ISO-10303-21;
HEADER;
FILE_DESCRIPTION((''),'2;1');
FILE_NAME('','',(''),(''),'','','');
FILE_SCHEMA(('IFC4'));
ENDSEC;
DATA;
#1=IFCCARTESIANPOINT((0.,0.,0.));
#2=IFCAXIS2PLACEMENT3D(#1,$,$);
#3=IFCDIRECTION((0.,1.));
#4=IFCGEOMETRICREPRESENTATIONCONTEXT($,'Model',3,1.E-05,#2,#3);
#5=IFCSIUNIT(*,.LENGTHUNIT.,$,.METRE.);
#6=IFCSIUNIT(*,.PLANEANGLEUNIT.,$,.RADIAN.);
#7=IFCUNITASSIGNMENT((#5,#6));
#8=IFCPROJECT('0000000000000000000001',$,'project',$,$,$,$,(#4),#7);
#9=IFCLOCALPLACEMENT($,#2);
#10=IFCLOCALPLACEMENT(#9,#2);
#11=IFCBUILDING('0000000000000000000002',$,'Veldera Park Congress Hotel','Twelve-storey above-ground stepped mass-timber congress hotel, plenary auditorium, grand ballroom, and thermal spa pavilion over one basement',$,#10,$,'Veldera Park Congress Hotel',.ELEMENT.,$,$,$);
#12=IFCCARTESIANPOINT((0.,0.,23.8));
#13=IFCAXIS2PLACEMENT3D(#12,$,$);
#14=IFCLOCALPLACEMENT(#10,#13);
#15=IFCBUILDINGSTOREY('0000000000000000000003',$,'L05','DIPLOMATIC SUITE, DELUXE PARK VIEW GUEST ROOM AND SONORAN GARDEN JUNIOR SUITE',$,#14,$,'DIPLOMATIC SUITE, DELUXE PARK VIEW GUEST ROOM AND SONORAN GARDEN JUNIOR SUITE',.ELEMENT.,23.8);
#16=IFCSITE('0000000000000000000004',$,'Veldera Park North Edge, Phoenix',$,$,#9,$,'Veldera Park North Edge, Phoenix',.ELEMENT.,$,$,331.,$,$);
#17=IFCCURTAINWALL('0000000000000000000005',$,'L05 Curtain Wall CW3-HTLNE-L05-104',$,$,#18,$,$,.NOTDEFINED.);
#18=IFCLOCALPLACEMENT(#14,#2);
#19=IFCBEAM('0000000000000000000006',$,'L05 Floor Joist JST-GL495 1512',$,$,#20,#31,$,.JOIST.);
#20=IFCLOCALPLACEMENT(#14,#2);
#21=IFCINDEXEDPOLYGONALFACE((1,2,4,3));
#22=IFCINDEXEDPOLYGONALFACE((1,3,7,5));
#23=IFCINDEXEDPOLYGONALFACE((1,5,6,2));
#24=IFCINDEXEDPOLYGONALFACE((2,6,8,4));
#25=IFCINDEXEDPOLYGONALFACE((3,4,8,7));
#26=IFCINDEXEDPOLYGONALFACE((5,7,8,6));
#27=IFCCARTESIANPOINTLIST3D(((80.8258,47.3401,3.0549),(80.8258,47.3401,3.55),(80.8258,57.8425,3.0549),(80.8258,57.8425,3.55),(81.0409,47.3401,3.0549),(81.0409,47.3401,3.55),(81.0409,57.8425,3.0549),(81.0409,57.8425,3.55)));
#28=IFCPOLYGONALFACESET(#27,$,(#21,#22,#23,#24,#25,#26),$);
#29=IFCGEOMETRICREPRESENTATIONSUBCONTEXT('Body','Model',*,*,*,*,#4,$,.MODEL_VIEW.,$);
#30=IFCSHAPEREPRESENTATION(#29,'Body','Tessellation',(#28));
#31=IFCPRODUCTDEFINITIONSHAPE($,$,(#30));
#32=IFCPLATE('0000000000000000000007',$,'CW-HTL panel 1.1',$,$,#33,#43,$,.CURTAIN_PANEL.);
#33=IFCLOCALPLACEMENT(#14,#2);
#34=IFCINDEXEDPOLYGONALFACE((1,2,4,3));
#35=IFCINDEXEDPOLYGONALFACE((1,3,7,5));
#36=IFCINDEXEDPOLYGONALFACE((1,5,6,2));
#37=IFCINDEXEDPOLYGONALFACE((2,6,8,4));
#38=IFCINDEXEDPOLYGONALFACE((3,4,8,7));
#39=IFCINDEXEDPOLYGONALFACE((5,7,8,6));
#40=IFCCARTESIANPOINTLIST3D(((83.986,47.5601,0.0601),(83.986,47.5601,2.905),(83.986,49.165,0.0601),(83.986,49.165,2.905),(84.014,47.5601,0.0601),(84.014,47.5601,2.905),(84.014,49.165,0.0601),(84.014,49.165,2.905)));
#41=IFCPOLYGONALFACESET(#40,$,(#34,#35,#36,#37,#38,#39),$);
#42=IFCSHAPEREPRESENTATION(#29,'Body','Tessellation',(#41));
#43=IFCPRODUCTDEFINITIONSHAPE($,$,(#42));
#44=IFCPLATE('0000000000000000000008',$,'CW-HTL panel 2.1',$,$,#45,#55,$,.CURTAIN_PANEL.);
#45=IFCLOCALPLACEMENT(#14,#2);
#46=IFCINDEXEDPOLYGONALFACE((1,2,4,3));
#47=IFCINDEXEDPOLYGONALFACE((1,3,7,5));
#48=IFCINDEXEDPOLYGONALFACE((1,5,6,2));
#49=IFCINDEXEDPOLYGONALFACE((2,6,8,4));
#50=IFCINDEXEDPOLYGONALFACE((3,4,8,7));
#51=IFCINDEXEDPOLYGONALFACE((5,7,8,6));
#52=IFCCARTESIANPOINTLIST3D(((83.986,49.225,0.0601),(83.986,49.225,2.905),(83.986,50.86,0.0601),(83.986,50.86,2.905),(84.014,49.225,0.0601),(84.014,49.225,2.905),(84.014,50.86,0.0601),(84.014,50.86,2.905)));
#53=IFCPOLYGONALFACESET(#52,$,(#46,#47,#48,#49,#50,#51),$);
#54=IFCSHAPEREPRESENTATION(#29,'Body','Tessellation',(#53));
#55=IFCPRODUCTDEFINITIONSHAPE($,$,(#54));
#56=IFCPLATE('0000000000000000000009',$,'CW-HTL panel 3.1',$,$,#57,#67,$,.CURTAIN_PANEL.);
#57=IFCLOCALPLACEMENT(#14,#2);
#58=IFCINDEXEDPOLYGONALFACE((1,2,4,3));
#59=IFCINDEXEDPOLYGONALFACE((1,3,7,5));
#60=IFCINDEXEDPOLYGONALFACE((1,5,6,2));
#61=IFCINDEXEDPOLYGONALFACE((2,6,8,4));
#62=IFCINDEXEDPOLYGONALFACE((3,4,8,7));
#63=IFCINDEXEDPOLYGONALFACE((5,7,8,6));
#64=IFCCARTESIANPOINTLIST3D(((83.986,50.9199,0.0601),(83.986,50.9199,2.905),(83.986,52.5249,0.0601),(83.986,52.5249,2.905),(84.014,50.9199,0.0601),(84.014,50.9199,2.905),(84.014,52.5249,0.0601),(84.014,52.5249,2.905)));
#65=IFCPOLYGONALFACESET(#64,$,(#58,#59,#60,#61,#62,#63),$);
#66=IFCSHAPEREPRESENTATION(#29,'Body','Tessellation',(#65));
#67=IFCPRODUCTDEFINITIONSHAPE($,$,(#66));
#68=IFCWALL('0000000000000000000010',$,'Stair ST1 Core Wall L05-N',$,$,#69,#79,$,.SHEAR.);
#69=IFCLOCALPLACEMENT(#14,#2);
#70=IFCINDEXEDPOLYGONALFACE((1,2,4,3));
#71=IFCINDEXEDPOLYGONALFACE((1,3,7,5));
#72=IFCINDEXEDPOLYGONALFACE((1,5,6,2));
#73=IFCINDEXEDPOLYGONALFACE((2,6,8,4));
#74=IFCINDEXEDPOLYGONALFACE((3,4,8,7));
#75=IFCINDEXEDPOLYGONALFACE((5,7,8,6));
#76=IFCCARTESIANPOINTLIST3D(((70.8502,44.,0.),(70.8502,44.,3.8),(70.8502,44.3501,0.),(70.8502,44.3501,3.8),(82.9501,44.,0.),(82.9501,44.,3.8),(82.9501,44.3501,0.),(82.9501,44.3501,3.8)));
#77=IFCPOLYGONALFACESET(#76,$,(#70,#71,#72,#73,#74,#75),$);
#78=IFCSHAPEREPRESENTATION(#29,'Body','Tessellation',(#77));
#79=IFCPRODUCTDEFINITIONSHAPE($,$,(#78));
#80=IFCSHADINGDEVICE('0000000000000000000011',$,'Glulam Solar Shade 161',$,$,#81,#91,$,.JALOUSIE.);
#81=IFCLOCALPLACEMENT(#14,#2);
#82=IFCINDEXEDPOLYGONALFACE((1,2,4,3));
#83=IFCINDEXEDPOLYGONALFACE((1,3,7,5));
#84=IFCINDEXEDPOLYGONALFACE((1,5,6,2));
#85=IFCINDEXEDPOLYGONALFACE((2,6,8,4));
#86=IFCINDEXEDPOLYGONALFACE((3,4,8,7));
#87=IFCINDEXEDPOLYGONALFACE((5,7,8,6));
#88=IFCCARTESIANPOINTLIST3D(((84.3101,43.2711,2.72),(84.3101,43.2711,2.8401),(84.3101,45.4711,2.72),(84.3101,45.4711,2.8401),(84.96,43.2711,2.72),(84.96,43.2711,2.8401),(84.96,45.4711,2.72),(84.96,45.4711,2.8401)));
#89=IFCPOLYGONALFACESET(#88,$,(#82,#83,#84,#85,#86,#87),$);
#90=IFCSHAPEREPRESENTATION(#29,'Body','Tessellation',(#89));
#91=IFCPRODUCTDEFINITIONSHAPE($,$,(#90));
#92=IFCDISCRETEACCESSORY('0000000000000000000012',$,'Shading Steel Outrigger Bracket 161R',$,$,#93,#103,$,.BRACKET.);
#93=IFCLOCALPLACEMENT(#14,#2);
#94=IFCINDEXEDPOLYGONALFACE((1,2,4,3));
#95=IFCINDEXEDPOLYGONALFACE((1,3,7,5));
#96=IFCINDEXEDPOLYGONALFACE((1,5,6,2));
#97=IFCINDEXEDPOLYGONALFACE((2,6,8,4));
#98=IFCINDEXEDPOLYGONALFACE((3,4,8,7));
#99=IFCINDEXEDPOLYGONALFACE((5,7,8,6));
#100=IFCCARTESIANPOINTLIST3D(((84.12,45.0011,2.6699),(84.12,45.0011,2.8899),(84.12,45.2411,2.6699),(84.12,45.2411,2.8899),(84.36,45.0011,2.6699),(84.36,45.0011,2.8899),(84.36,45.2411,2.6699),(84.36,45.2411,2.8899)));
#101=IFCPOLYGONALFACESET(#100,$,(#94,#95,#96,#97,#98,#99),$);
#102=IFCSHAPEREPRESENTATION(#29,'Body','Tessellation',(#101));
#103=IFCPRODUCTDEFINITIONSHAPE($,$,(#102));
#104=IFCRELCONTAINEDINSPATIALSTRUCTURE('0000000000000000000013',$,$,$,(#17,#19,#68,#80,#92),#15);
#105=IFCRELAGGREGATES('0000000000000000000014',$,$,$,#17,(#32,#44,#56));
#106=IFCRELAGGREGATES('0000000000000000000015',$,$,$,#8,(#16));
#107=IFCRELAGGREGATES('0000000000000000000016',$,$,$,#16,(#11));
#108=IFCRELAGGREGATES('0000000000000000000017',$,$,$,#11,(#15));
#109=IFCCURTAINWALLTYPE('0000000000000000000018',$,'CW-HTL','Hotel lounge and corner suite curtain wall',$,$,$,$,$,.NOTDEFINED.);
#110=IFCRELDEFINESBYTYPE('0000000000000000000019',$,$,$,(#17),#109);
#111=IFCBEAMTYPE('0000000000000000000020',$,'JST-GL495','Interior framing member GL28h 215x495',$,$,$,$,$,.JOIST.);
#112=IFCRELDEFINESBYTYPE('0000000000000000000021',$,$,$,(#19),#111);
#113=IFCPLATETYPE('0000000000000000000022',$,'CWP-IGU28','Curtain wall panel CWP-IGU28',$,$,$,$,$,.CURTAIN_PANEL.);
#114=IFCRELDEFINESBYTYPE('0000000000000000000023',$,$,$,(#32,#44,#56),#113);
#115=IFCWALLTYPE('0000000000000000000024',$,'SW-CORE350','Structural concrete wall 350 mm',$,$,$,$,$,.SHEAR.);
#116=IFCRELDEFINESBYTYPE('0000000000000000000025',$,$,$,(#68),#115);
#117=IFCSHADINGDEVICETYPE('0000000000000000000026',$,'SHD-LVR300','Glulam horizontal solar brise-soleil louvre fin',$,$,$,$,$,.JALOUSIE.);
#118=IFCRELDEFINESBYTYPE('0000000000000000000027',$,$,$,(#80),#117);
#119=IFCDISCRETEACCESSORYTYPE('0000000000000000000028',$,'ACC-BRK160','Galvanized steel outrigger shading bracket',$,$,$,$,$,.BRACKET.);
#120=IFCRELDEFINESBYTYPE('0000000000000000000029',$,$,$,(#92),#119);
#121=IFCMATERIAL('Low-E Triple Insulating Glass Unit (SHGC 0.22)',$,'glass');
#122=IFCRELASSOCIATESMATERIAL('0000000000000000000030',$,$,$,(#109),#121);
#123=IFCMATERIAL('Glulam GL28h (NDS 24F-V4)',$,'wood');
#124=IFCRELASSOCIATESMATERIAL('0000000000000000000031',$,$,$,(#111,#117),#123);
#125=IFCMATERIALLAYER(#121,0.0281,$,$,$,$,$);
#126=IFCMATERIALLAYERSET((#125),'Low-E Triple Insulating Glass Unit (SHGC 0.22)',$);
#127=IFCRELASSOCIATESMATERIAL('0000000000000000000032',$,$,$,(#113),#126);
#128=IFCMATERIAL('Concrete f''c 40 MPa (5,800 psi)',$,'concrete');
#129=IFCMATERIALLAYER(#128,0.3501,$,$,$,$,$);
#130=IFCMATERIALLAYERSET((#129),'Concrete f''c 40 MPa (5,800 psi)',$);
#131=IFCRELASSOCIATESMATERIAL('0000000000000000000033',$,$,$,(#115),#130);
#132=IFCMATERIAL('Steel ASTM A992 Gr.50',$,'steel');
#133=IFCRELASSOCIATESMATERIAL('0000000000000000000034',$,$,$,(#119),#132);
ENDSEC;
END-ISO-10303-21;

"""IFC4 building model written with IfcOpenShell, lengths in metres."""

from ifc_helpers import new_model, si_unit, direction, frame, frame_2d, origin, origin_2d, place, context, subcontext, project, spatial, rectangle, extrude, material, layer, layer_set, material_profile, profile_set, type_object, element, aggregate, save


model = new_model("IFC4")

# Units and contexts
model_context = context("Model", 3, precision=1e-05, world=origin(), true_north=direction((0.0, 1.0)))
body_context = subcontext(model_context, "Body", "Model", "MODEL_VIEW")
ifc_project = project(units=[si_unit("LENGTHUNIT", "METRE"), si_unit("PLANEANGLEUNIT", "RADIAN")], contexts=[model_context])

# Site, building, storey
site_placement = place(None, origin())
site = spatial("IfcSite", under=ifc_project, at=site_placement, Name="Veldera Park North Edge, Phoenix", LongName="Veldera Park North Edge, Phoenix", CompositionType="ELEMENT", RefElevation=331.0)
building_placement = place(site_placement, origin())
building = spatial("IfcBuilding", under=site, at=building_placement, Name="Veldera Park Congress Hotel", Description="Twelve-storey above-ground stepped mass-timber congress hotel, plenary auditorium, grand ballroom, and thermal spa pavilion over one basement", LongName="Veldera Park Congress Hotel", CompositionType="ELEMENT")
storey_placement = place(building_placement, frame((0.0, 0.0, 23.8)))
storey = spatial("IfcBuildingStorey", under=building, at=storey_placement, Name="L05", Description="DIPLOMATIC SUITE, DELUXE PARK VIEW GUEST ROOM AND SONORAN GARDEN JUNIOR SUITE", LongName="DIPLOMATIC SUITE, DELUXE PARK VIEW GUEST ROOM AND SONORAN GARDEN JUNIOR SUITE", CompositionType="ELEMENT", Elevation=23.8)

# Shared definitions
ifc_material_1 = material(Name="Glulam GL28h (NDS 24F-V4)", Category="wood")

# Curtain wall
ifc_material_2 = material(Name="Low-E Triple Insulating Glass Unit (SHGC 0.22)", Category="glass")
curtain_wall_type = type_object("IfcCurtainWallType", Name="CW-HTL", Description="Hotel lounge and corner suite curtain wall", PredefinedType="NOTDEFINED", material=ifc_material_2)
curtain_wall_1_placement = place(storey_placement, origin())
curtain_wall_1 = element("IfcCurtainWall", 1, at=curtain_wall_1_placement, inside=storey, type_object=curtain_wall_type, Name="L05 Curtain Wall CW3-HTLNE-L05-104", PredefinedType="NOTDEFINED")

# Beam
ifc_material_profile_1 = material_profile(ifc_material_1, rectangle(XDim=0.2151, YDim=0.4951, at=origin_2d()), Name="GL28h 215x495")
ifc_profile_set_1 = profile_set([ifc_material_profile_1], Name="Glulam GL28h (NDS 24F-V4)")
beam_type_1 = type_object("IfcBeamType", Name="JST-GL495", Description="Interior framing member GL28h 215x495", PredefinedType="JOIST", material=ifc_profile_set_1)
beam_1_placement = place(storey_placement, frame((80.9333, 47.3401, 3.3025), z_axis=(0.0, 1.0, 0.0), x_axis=(-1.0, 0.0, 0.0)))
element("IfcBeam", 2, at=beam_1_placement, inside=storey, type_object=beam_type_1, Name="L05 Floor Joist JST-GL495 1512", PredefinedType="JOIST", context=body_context, shape_type="SweptSolid", body=[
    extrude(rectangle(XDim=0.2151, YDim=0.4951, at=origin_2d()), origin(), (0.0, 0.0, 1.0), 10.5024),
])

# Plates
ifc_layer_1 = layer(ifc_material_2, 0.0281)
ifc_layer_set_1 = layer_set([ifc_layer_1], Name="Low-E Triple Insulating Glass Unit (SHGC 0.22)")
plate_type = type_object("IfcPlateType", Name="CWP-IGU28", Description="Curtain wall panel CWP-IGU28", PredefinedType="CURTAIN_PANEL", material=ifc_layer_set_1)
plate_1_placement = place(storey_placement, frame((84.0, 48.3625, 0.0601), z_axis=(0.0, 0.0, 1.0), x_axis=(0.0, 1.0, 0.0)))
plate_1 = element("IfcPlate", 3, at=plate_1_placement, type_object=plate_type, Name="CW-HTL panel 1.1", PredefinedType="CURTAIN_PANEL", context=body_context, shape_type="SweptSolid", body=[
    extrude(rectangle(XDim=1.605, YDim=0.0281, at=origin_2d()), origin(), (0.0, 0.0, 1.0), 2.845),
])
plate_2_placement = place(storey_placement, frame((84.0, 50.0425, 0.0601), z_axis=(0.0, 0.0, 1.0), x_axis=(0.0, 1.0, 0.0)))
plate_2 = element("IfcPlate", 4, at=plate_2_placement, type_object=plate_type, Name="CW-HTL panel 2.1", PredefinedType="CURTAIN_PANEL", context=body_context, shape_type="SweptSolid", body=[
    extrude(rectangle(XDim=1.635, YDim=0.0281, at=origin_2d()), origin(), (0.0, 0.0, 1.0), 2.845),
])
plate_3_placement = place(storey_placement, frame((84.0, 51.7224, 0.0601), z_axis=(0.0, 0.0, 1.0), x_axis=(0.0, 1.0, 0.0)))
plate_3 = element("IfcPlate", 5, at=plate_3_placement, type_object=plate_type, Name="CW-HTL panel 3.1", PredefinedType="CURTAIN_PANEL", context=body_context, shape_type="SweptSolid", body=[
    extrude(rectangle(XDim=1.605, YDim=0.0281, at=origin_2d()), origin(), (0.0, 0.0, 1.0), 2.845),
])
aggregate(curtain_wall_1, [plate_1, plate_2, plate_3])

# Wall
ifc_material_3 = material(Name="Concrete f'c 40 MPa (5,800 psi)", Category="concrete")
ifc_layer_2 = layer(ifc_material_3, 0.3501)
ifc_layer_set_2 = layer_set([ifc_layer_2], Name="Concrete f'c 40 MPa (5,800 psi)")
wall_type = type_object("IfcWallType", Name="SW-CORE350", Description="Structural concrete wall 350 mm", PredefinedType="SHEAR", material=ifc_layer_set_2)
wall_placement = place(storey_placement, frame((82.95, 44.175, 0.0), z_axis=(0.0, 0.0, 1.0), x_axis=(-1.0, 0.0, 0.0)))
element("IfcWall", 6, at=wall_placement, inside=storey, type_object=wall_type, Name="Stair ST1 Core Wall L05-N", PredefinedType="SHEAR", context=body_context, shape_type="SweptSolid", body=[
    extrude(rectangle(XDim=12.0999, YDim=0.3501, at=frame_2d((6.0498, 0.0))), origin(), (0.0, 0.0, 1.0), 3.8),
])

# Shading device
shading_device_type = type_object("IfcShadingDeviceType", Name="SHD-LVR300", Description="Glulam horizontal solar brise-soleil louvre fin", PredefinedType="JALOUSIE", material=ifc_material_1)
shading_device_placement = place(storey_placement, frame((84.635, 44.3711, 2.72), z_axis=(0.0, 0.0, 1.0), x_axis=(0.0, 1.0, 0.0)))
element("IfcShadingDevice", 7, at=shading_device_placement, inside=storey, type_object=shading_device_type, Name="Glulam Solar Shade 161", PredefinedType="JALOUSIE", context=body_context, shape_type="SweptSolid", body=[
    extrude(rectangle(XDim=2.2, YDim=0.6499, at=origin_2d()), origin(), (0.0, 0.0, 1.0), 0.1201),
])

# Discrete accessory
ifc_material_4 = material(Name="Steel ASTM A992 Gr.50", Category="steel")
discrete_accessory_type = type_object("IfcDiscreteAccessoryType", Name="ACC-BRK160", Description="Galvanized steel outrigger shading bracket", PredefinedType="BRACKET", material=ifc_material_4)
discrete_accessory_placement = place(storey_placement, frame((84.24, 45.1211, 2.6699), z_axis=(0.0, 0.0, 1.0), x_axis=(0.0, 1.0, 0.0)))
element("IfcDiscreteAccessory", 8, at=discrete_accessory_placement, inside=storey, type_object=discrete_accessory_type, Name="Shading Steel Outrigger Bracket 161R", PredefinedType="BRACKET", context=body_context, shape_type="SweptSolid", body=[
    extrude(rectangle(XDim=0.24, YDim=0.24, at=origin_2d()), origin(), (0.0, 0.0, 1.0), 0.22),
])

save(model, "model.ifc")
